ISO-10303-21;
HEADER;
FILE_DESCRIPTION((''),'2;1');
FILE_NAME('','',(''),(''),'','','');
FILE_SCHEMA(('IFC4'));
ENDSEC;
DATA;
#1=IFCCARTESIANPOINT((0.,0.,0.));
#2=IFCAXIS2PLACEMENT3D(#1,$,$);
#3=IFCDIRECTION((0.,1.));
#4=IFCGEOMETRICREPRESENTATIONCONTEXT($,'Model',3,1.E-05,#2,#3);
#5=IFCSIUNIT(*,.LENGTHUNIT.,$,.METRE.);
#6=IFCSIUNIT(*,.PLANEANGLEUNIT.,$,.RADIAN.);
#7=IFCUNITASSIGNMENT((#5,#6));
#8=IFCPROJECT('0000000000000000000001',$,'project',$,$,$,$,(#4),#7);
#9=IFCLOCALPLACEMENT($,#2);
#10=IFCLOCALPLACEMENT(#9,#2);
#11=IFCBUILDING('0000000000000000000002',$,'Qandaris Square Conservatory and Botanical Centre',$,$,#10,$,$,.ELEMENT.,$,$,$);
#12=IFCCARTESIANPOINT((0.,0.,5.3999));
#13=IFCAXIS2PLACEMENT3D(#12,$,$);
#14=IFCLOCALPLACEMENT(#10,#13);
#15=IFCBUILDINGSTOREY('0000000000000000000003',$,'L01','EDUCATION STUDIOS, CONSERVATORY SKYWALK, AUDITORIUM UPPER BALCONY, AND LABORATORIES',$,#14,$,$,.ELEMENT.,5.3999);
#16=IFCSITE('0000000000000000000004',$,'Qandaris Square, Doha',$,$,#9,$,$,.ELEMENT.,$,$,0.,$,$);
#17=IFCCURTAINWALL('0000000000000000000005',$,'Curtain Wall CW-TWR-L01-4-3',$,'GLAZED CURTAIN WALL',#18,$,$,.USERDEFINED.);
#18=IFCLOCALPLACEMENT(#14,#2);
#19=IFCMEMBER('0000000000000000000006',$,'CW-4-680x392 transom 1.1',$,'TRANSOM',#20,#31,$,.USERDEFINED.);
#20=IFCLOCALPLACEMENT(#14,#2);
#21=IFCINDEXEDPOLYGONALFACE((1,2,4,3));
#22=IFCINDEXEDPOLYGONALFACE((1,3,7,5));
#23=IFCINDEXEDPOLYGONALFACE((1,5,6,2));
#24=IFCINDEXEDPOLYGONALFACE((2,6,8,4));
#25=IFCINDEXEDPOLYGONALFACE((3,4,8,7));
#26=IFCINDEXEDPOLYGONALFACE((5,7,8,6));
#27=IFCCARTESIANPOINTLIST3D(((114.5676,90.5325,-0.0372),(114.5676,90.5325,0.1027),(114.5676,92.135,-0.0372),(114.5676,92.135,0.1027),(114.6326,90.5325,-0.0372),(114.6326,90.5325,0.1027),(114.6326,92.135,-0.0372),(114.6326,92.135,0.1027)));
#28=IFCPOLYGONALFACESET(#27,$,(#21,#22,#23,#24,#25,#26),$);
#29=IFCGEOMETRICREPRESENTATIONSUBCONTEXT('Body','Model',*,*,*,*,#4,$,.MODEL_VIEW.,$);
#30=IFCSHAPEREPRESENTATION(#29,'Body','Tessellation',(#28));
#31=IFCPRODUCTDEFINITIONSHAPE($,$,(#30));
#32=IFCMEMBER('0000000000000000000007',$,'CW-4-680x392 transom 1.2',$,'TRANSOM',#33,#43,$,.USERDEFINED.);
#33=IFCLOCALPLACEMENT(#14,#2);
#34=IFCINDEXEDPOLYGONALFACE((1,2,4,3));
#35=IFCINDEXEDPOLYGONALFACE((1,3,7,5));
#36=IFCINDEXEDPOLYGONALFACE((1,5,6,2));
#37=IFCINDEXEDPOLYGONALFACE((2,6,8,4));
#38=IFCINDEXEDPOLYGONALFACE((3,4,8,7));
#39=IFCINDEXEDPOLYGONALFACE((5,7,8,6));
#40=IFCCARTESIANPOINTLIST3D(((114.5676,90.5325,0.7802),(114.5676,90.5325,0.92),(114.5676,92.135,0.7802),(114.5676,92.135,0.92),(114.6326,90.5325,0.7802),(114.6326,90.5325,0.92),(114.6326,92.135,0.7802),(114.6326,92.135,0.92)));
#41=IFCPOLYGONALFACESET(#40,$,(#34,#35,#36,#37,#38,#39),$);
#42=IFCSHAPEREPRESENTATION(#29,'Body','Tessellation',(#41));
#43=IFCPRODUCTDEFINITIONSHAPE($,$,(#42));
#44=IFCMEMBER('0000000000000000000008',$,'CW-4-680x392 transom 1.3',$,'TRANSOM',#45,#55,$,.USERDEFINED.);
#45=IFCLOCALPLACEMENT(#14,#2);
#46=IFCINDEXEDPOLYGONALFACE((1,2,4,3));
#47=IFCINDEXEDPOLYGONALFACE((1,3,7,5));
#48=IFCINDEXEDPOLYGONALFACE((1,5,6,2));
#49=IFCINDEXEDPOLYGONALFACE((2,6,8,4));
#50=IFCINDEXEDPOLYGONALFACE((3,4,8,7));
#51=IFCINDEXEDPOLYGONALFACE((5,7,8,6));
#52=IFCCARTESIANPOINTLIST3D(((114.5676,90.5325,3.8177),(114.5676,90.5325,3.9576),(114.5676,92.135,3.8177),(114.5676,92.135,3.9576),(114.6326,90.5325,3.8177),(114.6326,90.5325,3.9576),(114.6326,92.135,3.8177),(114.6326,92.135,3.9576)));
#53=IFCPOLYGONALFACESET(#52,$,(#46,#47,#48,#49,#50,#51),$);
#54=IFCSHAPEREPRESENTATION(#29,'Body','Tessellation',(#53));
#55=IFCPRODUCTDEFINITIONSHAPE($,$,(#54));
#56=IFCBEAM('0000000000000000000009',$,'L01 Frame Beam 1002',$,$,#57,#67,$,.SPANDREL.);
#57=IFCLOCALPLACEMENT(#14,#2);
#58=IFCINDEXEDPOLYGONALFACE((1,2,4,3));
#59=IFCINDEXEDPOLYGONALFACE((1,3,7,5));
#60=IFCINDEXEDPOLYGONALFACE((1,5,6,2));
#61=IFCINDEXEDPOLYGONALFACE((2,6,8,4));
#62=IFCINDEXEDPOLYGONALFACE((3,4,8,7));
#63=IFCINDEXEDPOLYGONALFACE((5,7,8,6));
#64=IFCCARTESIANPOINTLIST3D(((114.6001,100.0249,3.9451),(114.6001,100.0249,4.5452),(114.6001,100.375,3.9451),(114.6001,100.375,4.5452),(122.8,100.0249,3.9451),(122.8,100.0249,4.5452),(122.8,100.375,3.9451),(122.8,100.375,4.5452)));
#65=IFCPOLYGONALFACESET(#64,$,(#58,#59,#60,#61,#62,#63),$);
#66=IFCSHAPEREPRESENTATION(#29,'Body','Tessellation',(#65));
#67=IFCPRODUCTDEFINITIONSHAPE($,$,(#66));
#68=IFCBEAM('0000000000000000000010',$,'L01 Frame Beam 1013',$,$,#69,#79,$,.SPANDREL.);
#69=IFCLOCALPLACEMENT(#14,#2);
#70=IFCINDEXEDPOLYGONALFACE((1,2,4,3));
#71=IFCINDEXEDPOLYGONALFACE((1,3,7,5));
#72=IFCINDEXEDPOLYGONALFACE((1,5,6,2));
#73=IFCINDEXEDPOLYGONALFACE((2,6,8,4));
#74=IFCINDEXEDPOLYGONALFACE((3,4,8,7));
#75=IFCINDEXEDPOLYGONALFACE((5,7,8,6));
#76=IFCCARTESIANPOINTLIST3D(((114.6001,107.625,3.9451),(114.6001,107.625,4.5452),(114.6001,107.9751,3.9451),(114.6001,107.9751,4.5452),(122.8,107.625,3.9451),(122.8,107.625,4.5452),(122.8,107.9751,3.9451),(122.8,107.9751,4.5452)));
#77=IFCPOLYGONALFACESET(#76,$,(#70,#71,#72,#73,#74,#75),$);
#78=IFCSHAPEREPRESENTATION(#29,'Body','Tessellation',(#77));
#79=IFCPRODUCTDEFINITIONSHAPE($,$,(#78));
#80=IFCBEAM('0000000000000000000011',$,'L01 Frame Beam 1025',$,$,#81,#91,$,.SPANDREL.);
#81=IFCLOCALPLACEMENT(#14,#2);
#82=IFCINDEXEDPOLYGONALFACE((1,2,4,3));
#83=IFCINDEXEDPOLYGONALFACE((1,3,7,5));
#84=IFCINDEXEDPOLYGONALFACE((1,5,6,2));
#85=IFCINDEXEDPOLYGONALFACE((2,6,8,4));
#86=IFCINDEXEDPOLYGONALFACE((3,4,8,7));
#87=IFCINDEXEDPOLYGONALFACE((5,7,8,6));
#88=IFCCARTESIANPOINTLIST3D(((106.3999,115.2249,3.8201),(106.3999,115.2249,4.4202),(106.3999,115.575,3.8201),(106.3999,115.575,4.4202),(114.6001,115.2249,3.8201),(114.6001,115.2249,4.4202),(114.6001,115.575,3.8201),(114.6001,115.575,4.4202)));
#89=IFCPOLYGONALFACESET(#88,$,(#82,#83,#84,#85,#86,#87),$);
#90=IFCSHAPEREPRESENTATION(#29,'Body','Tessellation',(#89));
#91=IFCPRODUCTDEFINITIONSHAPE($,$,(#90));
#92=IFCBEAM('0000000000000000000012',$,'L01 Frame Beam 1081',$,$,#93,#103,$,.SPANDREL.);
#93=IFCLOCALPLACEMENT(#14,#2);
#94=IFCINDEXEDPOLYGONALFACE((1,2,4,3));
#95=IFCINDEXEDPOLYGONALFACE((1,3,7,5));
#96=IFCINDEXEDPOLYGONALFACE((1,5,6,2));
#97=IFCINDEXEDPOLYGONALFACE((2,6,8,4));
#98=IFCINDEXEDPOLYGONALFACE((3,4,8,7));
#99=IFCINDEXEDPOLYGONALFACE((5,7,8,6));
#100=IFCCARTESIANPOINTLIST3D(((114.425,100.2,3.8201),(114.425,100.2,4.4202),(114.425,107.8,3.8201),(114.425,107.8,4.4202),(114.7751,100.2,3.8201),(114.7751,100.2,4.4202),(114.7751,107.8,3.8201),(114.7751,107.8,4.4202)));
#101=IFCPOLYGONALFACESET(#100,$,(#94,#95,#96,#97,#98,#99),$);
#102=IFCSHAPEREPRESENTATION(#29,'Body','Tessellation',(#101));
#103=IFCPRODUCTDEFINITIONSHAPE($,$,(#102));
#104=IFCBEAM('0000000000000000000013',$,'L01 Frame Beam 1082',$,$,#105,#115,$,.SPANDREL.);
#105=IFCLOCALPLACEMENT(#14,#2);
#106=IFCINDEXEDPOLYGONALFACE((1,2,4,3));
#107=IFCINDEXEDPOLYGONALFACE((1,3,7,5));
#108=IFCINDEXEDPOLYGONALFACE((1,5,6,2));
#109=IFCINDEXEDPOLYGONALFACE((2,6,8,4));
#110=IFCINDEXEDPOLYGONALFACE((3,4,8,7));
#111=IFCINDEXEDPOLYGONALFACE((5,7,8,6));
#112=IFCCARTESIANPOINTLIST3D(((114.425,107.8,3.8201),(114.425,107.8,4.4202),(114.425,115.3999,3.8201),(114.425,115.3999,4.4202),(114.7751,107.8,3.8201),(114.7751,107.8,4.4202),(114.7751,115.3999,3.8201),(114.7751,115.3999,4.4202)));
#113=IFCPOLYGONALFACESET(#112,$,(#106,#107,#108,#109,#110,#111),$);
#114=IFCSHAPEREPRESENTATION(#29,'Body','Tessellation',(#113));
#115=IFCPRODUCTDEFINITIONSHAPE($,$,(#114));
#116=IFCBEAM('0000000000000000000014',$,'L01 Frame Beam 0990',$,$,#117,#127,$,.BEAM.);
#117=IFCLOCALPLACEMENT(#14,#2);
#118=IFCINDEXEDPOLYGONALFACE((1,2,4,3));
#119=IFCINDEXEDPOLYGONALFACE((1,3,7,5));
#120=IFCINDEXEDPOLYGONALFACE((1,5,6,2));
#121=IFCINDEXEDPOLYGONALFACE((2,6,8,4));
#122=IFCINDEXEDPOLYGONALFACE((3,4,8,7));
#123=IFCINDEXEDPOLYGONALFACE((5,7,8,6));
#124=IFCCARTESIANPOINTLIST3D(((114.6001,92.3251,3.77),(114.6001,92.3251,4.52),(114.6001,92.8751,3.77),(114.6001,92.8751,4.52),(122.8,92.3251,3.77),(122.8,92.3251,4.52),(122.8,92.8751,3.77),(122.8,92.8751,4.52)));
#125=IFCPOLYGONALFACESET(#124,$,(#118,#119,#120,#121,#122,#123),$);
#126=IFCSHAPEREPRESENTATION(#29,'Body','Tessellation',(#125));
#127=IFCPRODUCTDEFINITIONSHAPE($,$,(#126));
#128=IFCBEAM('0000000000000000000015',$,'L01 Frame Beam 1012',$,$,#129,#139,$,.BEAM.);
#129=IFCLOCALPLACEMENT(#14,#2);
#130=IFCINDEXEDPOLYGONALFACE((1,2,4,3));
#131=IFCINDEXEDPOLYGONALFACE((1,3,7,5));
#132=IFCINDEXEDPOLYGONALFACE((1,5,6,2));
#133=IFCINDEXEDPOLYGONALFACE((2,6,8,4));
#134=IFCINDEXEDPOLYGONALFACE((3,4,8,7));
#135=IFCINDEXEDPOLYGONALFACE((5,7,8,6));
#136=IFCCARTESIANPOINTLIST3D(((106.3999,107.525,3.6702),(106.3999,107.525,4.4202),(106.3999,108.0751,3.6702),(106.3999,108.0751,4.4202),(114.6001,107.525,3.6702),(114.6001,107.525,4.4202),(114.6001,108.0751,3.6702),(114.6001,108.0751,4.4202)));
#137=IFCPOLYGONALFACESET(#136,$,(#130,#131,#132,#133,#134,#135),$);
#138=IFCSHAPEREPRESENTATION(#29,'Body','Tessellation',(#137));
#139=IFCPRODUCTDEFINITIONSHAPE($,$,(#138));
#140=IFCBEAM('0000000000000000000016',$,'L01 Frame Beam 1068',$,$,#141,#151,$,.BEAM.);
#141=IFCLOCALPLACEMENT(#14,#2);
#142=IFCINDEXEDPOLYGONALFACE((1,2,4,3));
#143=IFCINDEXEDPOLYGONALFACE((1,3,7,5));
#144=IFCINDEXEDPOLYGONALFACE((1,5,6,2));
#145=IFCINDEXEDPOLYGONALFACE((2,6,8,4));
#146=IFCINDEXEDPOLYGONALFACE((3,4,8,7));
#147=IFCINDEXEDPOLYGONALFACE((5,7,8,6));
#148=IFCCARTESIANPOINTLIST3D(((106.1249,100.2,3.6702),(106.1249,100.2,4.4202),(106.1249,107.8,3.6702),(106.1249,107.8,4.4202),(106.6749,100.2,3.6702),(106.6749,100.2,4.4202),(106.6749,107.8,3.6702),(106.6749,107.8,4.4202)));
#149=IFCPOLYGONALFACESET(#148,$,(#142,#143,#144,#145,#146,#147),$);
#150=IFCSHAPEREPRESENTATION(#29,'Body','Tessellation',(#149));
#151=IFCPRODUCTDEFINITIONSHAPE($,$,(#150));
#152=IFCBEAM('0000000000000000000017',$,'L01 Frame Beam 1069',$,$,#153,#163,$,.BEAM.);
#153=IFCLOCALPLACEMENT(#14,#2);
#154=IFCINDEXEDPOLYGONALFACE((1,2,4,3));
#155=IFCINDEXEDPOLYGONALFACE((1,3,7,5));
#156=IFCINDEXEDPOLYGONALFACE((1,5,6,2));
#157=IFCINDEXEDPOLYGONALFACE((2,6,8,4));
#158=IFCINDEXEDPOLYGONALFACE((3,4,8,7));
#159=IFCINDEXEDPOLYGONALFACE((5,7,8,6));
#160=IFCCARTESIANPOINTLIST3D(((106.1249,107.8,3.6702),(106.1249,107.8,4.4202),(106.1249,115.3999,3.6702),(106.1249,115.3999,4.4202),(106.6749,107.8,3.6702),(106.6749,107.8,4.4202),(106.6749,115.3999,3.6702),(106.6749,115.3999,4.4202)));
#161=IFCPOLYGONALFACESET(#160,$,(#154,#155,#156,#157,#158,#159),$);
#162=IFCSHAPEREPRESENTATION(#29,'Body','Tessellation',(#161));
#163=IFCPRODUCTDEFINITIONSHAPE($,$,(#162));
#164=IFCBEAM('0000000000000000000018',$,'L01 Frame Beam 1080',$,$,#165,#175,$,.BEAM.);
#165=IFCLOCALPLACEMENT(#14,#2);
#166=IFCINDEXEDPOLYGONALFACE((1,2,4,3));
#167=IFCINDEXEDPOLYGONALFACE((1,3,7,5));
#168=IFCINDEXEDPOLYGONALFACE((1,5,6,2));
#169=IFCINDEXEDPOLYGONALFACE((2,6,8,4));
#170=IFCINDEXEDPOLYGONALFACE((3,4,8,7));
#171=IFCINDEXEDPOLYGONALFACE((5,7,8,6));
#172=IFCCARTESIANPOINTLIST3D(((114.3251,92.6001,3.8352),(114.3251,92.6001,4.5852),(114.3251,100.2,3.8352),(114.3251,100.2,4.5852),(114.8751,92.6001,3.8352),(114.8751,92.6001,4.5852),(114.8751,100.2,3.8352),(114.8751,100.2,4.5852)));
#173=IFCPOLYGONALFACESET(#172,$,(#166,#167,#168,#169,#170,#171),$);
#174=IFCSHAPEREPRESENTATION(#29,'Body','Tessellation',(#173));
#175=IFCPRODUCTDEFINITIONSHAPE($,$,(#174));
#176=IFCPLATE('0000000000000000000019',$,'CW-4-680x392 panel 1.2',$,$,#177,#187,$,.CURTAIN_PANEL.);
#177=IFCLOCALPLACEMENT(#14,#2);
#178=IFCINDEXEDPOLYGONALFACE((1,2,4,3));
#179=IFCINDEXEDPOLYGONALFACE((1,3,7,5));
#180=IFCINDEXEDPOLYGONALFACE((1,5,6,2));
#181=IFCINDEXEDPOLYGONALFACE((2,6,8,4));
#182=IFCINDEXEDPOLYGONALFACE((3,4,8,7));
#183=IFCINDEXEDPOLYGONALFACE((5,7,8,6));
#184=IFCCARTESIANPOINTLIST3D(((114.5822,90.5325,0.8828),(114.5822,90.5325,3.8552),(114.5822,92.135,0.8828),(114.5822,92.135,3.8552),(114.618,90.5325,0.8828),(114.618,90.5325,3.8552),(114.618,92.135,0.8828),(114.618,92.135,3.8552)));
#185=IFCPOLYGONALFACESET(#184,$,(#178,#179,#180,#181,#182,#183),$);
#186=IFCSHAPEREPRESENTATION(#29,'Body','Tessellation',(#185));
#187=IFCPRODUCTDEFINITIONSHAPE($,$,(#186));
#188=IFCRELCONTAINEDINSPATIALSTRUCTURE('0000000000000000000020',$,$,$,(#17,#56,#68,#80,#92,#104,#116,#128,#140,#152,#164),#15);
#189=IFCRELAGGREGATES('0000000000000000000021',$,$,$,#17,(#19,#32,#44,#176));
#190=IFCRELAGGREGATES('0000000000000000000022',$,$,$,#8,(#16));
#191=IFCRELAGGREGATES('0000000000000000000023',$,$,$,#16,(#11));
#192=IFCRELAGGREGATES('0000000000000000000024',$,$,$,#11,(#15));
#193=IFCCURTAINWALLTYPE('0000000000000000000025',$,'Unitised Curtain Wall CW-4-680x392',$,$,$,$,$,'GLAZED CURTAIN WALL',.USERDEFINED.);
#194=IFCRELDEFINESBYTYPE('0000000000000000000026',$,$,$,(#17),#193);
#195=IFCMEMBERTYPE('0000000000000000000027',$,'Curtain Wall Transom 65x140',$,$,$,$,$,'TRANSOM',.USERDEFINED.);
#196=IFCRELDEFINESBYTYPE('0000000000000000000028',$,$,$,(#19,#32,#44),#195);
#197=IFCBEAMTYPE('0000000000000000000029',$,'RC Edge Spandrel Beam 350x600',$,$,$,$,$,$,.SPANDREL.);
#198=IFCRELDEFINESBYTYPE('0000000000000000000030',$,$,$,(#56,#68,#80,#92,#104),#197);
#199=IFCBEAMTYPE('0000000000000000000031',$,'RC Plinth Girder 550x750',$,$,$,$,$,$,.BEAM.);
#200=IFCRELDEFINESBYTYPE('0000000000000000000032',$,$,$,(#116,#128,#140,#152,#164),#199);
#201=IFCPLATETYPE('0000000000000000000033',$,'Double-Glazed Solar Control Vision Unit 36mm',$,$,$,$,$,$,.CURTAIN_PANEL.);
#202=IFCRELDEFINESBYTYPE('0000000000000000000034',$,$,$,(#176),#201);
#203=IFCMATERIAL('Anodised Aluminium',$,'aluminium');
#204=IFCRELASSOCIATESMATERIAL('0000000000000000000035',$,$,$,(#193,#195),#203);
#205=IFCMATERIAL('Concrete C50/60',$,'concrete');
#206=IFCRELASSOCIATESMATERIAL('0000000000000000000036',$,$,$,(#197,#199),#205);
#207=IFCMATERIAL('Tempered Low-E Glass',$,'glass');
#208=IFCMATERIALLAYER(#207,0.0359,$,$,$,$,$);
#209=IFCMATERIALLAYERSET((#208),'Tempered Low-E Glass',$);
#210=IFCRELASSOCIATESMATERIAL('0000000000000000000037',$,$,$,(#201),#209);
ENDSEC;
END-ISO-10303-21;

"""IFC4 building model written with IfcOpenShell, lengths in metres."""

from ifc_helpers import new_model, si_unit, direction, frame, origin, origin_2d, place, context, subcontext, project, spatial, rectangle, extrude, material, layer, layer_set, material_profile, profile_set, type_object, element, aggregate, save


model = new_model("IFC4")

# Units and contexts
model_context = context("Model", 3, precision=1e-05, world=origin(), true_north=direction((0.0, 1.0)))
body_context = subcontext(model_context, "Body", "Model", "MODEL_VIEW")
ifc_project = project(units=[si_unit("LENGTHUNIT", "METRE"), si_unit("PLANEANGLEUNIT", "RADIAN")], contexts=[model_context])

# Site, building, storey
site_placement = place(None, origin())
site = spatial("IfcSite", under=ifc_project, at=site_placement, Name="Qandaris Square, Doha", CompositionType="ELEMENT", RefElevation=0.0)
building_placement = place(site_placement, origin())
building = spatial("IfcBuilding", under=site, at=building_placement, Name="Qandaris Square Conservatory and Botanical Centre", CompositionType="ELEMENT")
storey_placement = place(building_placement, frame((0.0, 0.0, 5.3999)))
storey = spatial("IfcBuildingStorey", under=building, at=storey_placement, Name="L01", Description="EDUCATION STUDIOS, CONSERVATORY SKYWALK, AUDITORIUM UPPER BALCONY, AND LABORATORIES", CompositionType="ELEMENT", Elevation=5.3999)

# Curtain wall, members
ifc_material_1 = material(Name="Anodised Aluminium", Category="aluminium")
curtain_wall_type = type_object("IfcCurtainWallType", Name="Unitised Curtain Wall CW-4-680x392", ElementType="GLAZED CURTAIN WALL", PredefinedType="USERDEFINED", material=ifc_material_1)
curtain_wall_placement = place(storey_placement, origin())
curtain_wall = element("IfcCurtainWall", 1, at=curtain_wall_placement, inside=storey, type_object=curtain_wall_type, Name="Curtain Wall CW-TWR-L01-4-3", ObjectType="GLAZED CURTAIN WALL", PredefinedType="USERDEFINED")
ifc_material_profile_1 = material_profile(ifc_material_1, rectangle(XDim=0.0649, YDim=0.1399, at=origin_2d()), Name="ALU-TRN 65x140")
ifc_profile_set_1 = profile_set([ifc_material_profile_1], Name="Anodised Aluminium")
member_type_1 = type_object("IfcMemberType", Name="Curtain Wall Transom 65x140", ElementType="TRANSOM", PredefinedType="USERDEFINED", material=ifc_profile_set_1)
member_1_placement = place(storey_placement, frame((114.6001, 92.135, 0.0327), z_axis=(0.0, -1.0, 0.0), x_axis=(1.0, 0.0, 0.0)))
member_1 = element("IfcMember", 2, at=member_1_placement, type_object=member_type_1, Name="CW-4-680x392 transom 1.1", ObjectType="TRANSOM", PredefinedType="USERDEFINED", context=body_context, shape_type="SweptSolid", body=[
    extrude(rectangle(XDim=0.0649, YDim=0.1399, at=origin_2d()), origin(), (0.0, 0.0, 1.0), 1.6025),
])
member_2_placement = place(storey_placement, frame((114.6001, 92.135, 0.8501), z_axis=(0.0, -1.0, 0.0), x_axis=(1.0, 0.0, 0.0)))
member_2 = element("IfcMember", 3, at=member_2_placement, type_object=member_type_1, Name="CW-4-680x392 transom 1.2", ObjectType="TRANSOM", PredefinedType="USERDEFINED", context=body_context, shape_type="SweptSolid", body=[
    extrude(rectangle(XDim=0.0649, YDim=0.1399, at=origin_2d()), origin(), (0.0, 0.0, 1.0), 1.6025),
])
member_3_placement = place(storey_placement, frame((114.6001, 92.135, 3.8877), z_axis=(0.0, -1.0, 0.0), x_axis=(1.0, 0.0, 0.0)))
member_3 = element("IfcMember", 4, at=member_3_placement, type_object=member_type_1, Name="CW-4-680x392 transom 1.3", ObjectType="TRANSOM", PredefinedType="USERDEFINED", context=body_context, shape_type="SweptSolid", body=[
    extrude(rectangle(XDim=0.0649, YDim=0.1399, at=origin_2d()), origin(), (0.0, 0.0, 1.0), 1.6025),
])

# Beams
ifc_material_2 = material(Name="Concrete C50/60", Category="concrete")
ifc_material_profile_2 = material_profile(ifc_material_2, rectangle(XDim=0.3501, YDim=0.6001, at=origin_2d()), Name="RC-SP 350x600")
ifc_profile_set_2 = profile_set([ifc_material_profile_2], Name="Concrete C50/60")
beam_type_1 = type_object("IfcBeamType", Name="RC Edge Spandrel Beam 350x600", PredefinedType="SPANDREL", material=ifc_profile_set_2)
for number, where, z_axis, x_axis, name in (
    (5, (114.6001, 100.2, 4.2451), (1.0, 0.0, 0.0), (0.0, 1.0, 0.0), "L01 Frame Beam 1002"),
    (6, (114.6001, 107.8, 4.2451), (1.0, 0.0, 0.0), (0.0, 1.0, 0.0), "L01 Frame Beam 1013"),
):
    element("IfcBeam", number, at=place(storey_placement, frame(where, z_axis=z_axis, x_axis=x_axis)), inside=storey, type_object=beam_type_1, Name=name, PredefinedType="SPANDREL", context=body_context, shape_type="SweptSolid", body=[
        extrude(rectangle(XDim=0.3501, YDim=0.6001, at=origin_2d()), origin(), (0.0, 0.0, 1.0), 8.2),
    ])
beam_1_placement = place(storey_placement, frame((106.3999, 115.3999, 4.1201), z_axis=(1.0, 0.0, 0.0), x_axis=(0.0, 1.0, 0.0)))
element("IfcBeam", 7, at=beam_1_placement, inside=storey, type_object=beam_type_1, Name="L01 Frame Beam 1025", PredefinedType="SPANDREL", context=body_context, shape_type="SweptSolid", body=[
    extrude(rectangle(XDim=0.3501, YDim=0.6001, at=origin_2d()), origin(), (0.0, 0.0, 1.0), 8.2002),
])
beam_2_placement = place(storey_placement, frame((114.6001, 100.2, 4.1201), z_axis=(0.0, 1.0, 0.0), x_axis=(-1.0, 0.0, 0.0)))
element("IfcBeam", 8, at=beam_2_placement, inside=storey, type_object=beam_type_1, Name="L01 Frame Beam 1081", PredefinedType="SPANDREL", context=body_context, shape_type="SweptSolid", body=[
    extrude(rectangle(XDim=0.3501, YDim=0.6001, at=origin_2d()), origin(), (0.0, 0.0, 1.0), 7.6001),
])
beam_3_placement = place(storey_placement, frame((114.6001, 107.8, 4.1201), z_axis=(0.0, 1.0, 0.0), x_axis=(-1.0, 0.0, 0.0)))
element("IfcBeam", 9, at=beam_3_placement, inside=storey, type_object=beam_type_1, Name="L01 Frame Beam 1082", PredefinedType="SPANDREL", context=body_context, shape_type="SweptSolid", body=[
    extrude(rectangle(XDim=0.3501, YDim=0.6001, at=origin_2d()), origin(), (0.0, 0.0, 1.0), 7.5999),
])
ifc_material_profile_3 = material_profile(ifc_material_2, rectangle(XDim=0.55, YDim=0.75, at=origin_2d()), Name="RC-BM 550x750")
ifc_profile_set_3 = profile_set([ifc_material_profile_3], Name="Concrete C50/60")
beam_type_2 = type_object("IfcBeamType", Name="RC Plinth Girder 550x750", PredefinedType="BEAM", material=ifc_profile_set_3)
beam_4_placement = place(storey_placement, frame((114.6001, 92.6001, 4.145), z_axis=(1.0, 0.0, 0.0), x_axis=(0.0, 1.0, 0.0)))
element("IfcBeam", 10, at=beam_4_placement, inside=storey, type_object=beam_type_2, Name="L01 Frame Beam 0990", PredefinedType="BEAM", context=body_context, shape_type="SweptSolid", body=[
    extrude(rectangle(XDim=0.55, YDim=0.75, at=origin_2d()), origin(), (0.0, 0.0, 1.0), 8.2),
])
beam_5_placement = place(storey_placement, frame((106.3999, 107.8, 4.0452), z_axis=(1.0, 0.0, 0.0), x_axis=(0.0, 1.0, 0.0)))
element("IfcBeam", 11, at=beam_5_placement, inside=storey, type_object=beam_type_2, Name="L01 Frame Beam 1012", PredefinedType="BEAM", context=body_context, shape_type="SweptSolid", body=[
    extrude(rectangle(XDim=0.55, YDim=0.75, at=origin_2d()), origin(), (0.0, 0.0, 1.0), 8.2002),
])
beam_6_placement = place(storey_placement, frame((106.3999, 100.2, 4.0452), z_axis=(0.0, 1.0, 0.0), x_axis=(-1.0, 0.0, 0.0)))
element("IfcBeam", 12, at=beam_6_placement, inside=storey, type_object=beam_type_2, Name="L01 Frame Beam 1068", PredefinedType="BEAM", context=body_context, shape_type="SweptSolid", body=[
    extrude(rectangle(XDim=0.55, YDim=0.75, at=origin_2d()), origin(), (0.0, 0.0, 1.0), 7.6001),
])
for number, where, z_axis, x_axis, name in (
    (13, (106.3999, 107.8, 4.0452), (0.0, 1.0, 0.0), (-1.0, 0.0, 0.0), "L01 Frame Beam 1069"),
    (14, (114.6001, 92.6001, 4.2102), (0.0, 1.0, 0.0), (-1.0, 0.0, 0.0), "L01 Frame Beam 1080"),
):
    element("IfcBeam", number, at=place(storey_placement, frame(where, z_axis=z_axis, x_axis=x_axis)), inside=storey, type_object=beam_type_2, Name=name, PredefinedType="BEAM", context=body_context, shape_type="SweptSolid", body=[
        extrude(rectangle(XDim=0.55, YDim=0.75, at=origin_2d()), origin(), (0.0, 0.0, 1.0), 7.5999),
    ])

# Plate
ifc_material_3 = material(Name="Tempered Low-E Glass", Category="glass")
ifc_layer_1 = layer(ifc_material_3, 0.0359)
ifc_layer_set_1 = layer_set([ifc_layer_1], Name="Tempered Low-E Glass")
plate_type = type_object("IfcPlateType", Name="Double-Glazed Solar Control Vision Unit 36mm", PredefinedType="CURTAIN_PANEL", material=ifc_layer_set_1)
plate_placement = place(storey_placement, frame((114.6001, 91.3337, 0.8828), z_axis=(0.0, 0.0, 1.0), x_axis=(0.0, -1.0, 0.0)))
plate = element("IfcPlate", 15, at=plate_placement, type_object=plate_type, Name="CW-4-680x392 panel 1.2", PredefinedType="CURTAIN_PANEL", context=body_context, shape_type="SweptSolid", body=[
    extrude(rectangle(XDim=1.6025, YDim=0.0359, at=origin_2d()), origin(), (0.0, 0.0, 1.0), 2.9724),
])
aggregate(curtain_wall, [member_1, member_2, member_3, plate])

save(model, "model.ifc")
